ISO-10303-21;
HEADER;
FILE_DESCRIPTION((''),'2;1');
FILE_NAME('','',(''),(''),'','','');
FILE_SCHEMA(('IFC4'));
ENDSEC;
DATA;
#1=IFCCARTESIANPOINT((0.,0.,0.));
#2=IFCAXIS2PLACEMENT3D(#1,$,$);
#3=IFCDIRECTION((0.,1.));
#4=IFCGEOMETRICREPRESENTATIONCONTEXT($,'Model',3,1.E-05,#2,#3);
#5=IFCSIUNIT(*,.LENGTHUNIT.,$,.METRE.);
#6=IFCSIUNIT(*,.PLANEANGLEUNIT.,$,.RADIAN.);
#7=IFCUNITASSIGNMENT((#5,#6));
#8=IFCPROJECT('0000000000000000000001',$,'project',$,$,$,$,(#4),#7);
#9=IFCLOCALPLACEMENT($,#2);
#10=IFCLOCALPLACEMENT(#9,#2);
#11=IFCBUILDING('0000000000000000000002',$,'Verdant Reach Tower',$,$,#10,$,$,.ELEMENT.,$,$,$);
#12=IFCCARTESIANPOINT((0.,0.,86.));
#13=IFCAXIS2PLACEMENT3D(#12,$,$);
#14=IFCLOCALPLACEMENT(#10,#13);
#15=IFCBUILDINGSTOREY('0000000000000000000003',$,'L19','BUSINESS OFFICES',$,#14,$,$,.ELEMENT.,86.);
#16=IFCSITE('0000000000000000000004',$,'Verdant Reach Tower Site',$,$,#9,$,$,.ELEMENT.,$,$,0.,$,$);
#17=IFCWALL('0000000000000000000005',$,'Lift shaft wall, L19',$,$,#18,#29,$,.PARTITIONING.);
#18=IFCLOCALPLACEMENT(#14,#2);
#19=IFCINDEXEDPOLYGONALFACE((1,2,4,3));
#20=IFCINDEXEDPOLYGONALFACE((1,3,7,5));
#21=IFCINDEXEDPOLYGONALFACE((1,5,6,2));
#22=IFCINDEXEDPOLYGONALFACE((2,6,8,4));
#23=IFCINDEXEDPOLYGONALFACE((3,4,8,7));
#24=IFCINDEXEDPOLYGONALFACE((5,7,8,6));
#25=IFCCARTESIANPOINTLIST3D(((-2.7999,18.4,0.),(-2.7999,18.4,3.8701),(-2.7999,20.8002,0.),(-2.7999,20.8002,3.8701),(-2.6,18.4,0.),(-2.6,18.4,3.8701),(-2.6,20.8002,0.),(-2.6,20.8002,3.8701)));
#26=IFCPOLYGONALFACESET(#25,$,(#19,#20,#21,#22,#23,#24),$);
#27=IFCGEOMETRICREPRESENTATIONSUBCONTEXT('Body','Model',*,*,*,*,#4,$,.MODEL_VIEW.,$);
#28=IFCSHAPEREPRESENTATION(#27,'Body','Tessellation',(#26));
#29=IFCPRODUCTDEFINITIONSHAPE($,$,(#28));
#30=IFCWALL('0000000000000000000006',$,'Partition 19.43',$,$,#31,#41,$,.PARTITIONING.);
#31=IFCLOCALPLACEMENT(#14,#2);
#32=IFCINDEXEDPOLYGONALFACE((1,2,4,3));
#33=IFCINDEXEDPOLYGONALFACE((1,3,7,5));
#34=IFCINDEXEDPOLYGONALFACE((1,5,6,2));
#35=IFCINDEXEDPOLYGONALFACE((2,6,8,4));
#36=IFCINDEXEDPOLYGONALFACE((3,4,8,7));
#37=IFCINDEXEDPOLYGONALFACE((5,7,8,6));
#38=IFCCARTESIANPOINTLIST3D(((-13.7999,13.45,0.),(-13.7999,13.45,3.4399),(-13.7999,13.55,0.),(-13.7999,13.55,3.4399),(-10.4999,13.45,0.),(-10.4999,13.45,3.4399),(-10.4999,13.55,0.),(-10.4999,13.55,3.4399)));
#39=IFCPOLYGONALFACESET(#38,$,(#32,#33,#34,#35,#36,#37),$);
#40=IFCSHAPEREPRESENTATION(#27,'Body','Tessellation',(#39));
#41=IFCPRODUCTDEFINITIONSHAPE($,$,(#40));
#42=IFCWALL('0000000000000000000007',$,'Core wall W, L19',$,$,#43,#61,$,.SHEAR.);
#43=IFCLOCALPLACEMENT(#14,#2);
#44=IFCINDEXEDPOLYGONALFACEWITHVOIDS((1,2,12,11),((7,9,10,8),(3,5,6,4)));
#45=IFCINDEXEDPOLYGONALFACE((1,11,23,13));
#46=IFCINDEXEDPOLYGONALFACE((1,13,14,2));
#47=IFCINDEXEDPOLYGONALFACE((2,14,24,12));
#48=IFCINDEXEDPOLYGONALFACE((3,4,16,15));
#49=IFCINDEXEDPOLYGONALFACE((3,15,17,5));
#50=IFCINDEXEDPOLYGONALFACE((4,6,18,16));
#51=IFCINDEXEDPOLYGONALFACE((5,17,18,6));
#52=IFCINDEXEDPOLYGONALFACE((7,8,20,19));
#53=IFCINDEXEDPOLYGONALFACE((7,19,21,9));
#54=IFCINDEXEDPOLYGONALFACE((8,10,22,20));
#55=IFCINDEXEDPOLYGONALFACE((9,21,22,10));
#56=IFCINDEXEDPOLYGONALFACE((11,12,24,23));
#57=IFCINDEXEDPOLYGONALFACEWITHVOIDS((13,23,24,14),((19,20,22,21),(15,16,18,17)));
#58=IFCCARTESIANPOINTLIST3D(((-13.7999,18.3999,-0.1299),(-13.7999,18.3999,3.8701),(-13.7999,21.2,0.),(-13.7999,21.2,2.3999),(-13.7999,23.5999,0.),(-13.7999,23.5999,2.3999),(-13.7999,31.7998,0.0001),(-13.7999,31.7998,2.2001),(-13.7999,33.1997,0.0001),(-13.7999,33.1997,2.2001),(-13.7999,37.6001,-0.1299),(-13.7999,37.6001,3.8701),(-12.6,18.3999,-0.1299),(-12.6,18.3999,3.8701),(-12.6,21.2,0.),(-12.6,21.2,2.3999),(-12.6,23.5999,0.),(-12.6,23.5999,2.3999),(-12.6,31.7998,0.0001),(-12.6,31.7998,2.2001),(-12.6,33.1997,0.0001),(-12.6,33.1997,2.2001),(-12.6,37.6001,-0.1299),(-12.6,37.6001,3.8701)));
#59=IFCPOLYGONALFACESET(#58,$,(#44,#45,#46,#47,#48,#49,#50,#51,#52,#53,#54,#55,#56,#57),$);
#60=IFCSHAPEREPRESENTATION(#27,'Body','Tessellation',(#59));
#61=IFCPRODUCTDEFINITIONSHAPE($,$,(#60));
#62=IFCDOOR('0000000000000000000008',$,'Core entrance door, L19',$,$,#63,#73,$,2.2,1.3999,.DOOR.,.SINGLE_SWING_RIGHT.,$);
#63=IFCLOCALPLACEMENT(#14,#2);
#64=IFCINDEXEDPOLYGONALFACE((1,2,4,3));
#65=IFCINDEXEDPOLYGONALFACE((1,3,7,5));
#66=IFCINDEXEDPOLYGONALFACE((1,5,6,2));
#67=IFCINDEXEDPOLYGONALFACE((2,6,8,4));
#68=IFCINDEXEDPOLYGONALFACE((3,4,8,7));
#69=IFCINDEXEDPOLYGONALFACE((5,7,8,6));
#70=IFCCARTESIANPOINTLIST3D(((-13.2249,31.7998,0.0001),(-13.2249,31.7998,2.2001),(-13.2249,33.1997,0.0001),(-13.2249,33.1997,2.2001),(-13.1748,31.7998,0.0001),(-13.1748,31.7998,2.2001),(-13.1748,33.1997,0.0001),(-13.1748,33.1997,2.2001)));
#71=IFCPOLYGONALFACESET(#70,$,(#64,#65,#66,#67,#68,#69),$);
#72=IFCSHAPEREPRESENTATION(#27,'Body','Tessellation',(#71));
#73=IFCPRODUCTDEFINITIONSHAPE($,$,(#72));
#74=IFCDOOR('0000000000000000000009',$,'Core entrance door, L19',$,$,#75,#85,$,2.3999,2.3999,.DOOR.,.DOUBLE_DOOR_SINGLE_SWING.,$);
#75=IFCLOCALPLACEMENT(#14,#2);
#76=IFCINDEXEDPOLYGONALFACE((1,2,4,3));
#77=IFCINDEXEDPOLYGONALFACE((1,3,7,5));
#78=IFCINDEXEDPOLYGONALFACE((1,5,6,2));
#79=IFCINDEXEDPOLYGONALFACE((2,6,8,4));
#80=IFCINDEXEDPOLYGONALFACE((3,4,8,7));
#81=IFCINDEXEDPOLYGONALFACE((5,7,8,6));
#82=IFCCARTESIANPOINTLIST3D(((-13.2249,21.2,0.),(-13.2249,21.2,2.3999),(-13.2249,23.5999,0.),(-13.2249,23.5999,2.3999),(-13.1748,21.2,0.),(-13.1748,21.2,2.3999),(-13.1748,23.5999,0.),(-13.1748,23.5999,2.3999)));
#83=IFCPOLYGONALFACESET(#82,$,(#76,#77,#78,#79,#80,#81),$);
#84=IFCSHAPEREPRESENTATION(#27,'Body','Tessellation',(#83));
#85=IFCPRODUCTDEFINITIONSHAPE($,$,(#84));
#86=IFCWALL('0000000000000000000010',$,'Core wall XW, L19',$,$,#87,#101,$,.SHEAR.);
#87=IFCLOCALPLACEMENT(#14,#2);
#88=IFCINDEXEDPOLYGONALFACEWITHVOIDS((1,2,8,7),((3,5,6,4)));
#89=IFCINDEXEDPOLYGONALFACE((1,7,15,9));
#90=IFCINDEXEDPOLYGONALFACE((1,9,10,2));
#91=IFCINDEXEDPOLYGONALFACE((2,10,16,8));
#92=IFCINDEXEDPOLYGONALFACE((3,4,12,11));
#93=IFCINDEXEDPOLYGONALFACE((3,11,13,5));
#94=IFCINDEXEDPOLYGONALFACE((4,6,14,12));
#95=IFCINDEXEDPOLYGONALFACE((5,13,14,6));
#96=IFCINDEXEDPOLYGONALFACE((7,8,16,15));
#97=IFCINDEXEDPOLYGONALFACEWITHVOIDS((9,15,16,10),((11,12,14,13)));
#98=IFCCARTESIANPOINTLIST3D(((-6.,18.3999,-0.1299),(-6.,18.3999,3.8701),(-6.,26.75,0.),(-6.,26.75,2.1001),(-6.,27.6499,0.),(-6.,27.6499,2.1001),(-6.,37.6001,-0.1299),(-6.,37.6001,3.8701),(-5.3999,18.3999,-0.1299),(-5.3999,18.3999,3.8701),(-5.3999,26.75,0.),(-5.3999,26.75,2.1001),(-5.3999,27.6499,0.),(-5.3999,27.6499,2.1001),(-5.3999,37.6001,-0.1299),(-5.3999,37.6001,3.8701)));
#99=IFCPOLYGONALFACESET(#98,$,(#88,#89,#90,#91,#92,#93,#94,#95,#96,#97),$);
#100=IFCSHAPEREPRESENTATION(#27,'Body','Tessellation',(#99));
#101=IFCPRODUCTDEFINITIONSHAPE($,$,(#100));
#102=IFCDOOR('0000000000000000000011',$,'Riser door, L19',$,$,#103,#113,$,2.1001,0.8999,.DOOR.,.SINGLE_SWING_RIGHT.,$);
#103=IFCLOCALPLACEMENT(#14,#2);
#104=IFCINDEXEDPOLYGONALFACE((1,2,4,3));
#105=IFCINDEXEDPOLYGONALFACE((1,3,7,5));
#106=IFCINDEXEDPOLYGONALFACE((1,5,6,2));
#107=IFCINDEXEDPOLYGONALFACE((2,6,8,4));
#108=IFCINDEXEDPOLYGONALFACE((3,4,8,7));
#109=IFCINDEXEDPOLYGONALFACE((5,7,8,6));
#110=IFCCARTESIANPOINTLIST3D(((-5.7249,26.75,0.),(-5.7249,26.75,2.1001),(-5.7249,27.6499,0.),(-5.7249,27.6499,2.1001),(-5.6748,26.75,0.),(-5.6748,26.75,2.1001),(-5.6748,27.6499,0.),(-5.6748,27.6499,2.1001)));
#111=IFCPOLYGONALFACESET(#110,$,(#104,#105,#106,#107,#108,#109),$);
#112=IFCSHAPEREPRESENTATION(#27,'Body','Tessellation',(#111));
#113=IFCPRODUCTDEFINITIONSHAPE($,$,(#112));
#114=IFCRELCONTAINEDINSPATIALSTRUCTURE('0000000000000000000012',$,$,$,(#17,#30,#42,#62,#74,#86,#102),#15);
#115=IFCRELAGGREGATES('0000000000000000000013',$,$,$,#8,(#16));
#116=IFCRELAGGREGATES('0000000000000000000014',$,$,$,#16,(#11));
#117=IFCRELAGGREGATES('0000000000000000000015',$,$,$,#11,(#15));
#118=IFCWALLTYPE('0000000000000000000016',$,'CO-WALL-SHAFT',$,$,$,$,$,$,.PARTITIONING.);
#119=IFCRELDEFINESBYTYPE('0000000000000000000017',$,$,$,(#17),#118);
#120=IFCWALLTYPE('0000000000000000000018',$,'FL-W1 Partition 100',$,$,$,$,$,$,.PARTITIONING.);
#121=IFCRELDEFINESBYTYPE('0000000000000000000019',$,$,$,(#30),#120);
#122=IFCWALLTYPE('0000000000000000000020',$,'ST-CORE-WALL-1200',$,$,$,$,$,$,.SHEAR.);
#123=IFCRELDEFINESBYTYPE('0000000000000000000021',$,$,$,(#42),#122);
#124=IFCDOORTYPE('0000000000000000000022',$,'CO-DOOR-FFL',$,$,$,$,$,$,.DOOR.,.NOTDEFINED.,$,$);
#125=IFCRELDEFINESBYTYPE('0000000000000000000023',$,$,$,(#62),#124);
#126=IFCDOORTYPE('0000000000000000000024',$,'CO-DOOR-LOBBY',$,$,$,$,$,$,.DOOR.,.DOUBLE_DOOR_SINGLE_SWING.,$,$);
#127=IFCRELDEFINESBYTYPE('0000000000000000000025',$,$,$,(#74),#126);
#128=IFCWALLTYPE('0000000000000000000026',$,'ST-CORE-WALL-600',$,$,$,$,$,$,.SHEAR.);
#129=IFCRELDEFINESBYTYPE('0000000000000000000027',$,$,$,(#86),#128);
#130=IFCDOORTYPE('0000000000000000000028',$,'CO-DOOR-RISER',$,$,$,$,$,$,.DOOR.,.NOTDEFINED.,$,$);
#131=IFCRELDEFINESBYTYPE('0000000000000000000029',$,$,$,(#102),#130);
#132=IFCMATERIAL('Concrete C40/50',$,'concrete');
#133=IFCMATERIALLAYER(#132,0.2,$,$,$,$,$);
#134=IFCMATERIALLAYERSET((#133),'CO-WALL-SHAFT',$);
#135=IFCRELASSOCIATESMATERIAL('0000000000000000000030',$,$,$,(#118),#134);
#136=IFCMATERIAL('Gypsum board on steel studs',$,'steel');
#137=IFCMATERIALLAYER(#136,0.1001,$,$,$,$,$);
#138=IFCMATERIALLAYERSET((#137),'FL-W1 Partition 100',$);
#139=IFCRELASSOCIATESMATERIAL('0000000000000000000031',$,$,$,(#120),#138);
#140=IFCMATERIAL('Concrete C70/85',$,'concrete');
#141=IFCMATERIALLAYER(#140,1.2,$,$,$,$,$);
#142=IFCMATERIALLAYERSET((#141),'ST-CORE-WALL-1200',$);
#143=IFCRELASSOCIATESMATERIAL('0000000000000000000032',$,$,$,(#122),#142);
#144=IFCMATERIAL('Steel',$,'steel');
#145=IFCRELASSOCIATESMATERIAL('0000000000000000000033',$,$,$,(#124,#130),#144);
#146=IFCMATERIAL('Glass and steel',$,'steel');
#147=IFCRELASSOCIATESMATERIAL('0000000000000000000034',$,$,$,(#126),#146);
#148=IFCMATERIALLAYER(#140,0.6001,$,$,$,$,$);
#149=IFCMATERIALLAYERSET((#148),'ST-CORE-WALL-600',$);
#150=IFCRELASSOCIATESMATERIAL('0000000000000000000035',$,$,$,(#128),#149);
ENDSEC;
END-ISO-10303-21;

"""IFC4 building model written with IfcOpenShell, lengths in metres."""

from ifc_helpers import new_model, si_unit, direction, frame, frame_2d, origin, place, context, subcontext, project, spatial, rectangle, extrude, material, layer, layer_set, type_object, element, fill, save


model = new_model("IFC4")

# Units and contexts
model_context = context("Model", 3, precision=1e-05, world=origin(), true_north=direction((0.0, 1.0)))
body_context = subcontext(model_context, "Body", "Model", "MODEL_VIEW")
ifc_project = project(units=[si_unit("LENGTHUNIT", "METRE"), si_unit("PLANEANGLEUNIT", "RADIAN")], contexts=[model_context])

# Site, building, storey
site_placement = place(None, origin())
site = spatial("IfcSite", under=ifc_project, at=site_placement, Name="Verdant Reach Tower Site", CompositionType="ELEMENT", RefElevation=0.0)
building_placement = place(site_placement, origin())
building = spatial("IfcBuilding", under=site, at=building_placement, Name="Verdant Reach Tower", CompositionType="ELEMENT")
storey_placement = place(building_placement, frame((0.0, 0.0, 86.0)))
storey = spatial("IfcBuildingStorey", under=building, at=storey_placement, Name="L19", Description="BUSINESS OFFICES", CompositionType="ELEMENT", Elevation=86.0)

# Shared definitions
ifc_material_1 = material(Name="Gypsum board on steel studs", Category="steel")

# Walls
ifc_material_2 = material(Name="Concrete C40/50", Category="concrete")
ifc_layer_1 = layer(ifc_material_2, 0.2)
ifc_layer_set_1 = layer_set([ifc_layer_1], Name="CO-WALL-SHAFT")
wall_type_1 = type_object("IfcWallType", Name="CO-WALL-SHAFT", PredefinedType="PARTITIONING", material=ifc_layer_set_1)
wall_1_placement = place(storey_placement, frame((-2.7, 18.3999, 0.0), z_axis=(0.0, 0.0, 1.0), x_axis=(0.0, 1.0, 0.0)))
element("IfcWall", 1, at=wall_1_placement, inside=storey, type_object=wall_type_1, Name="Lift shaft wall, L19", PredefinedType="PARTITIONING", context=body_context, shape_type="SweptSolid", body=[
    extrude(rectangle(XDim=2.4001, YDim=0.2, at=frame_2d((1.2002, 0.0))), origin(), (0.0, 0.0, 1.0), 3.8701),
])
ifc_layer_2 = layer(ifc_material_1, 0.1001)
ifc_layer_set_2 = layer_set([ifc_layer_2], Name="FL-W1 Partition 100")
wall_type_2 = type_object("IfcWallType", Name="FL-W1 Partition 100", PredefinedType="PARTITIONING", material=ifc_layer_set_2)
wall_2_placement = place(storey_placement, frame((-10.5, 13.5, 0.0), z_axis=(0.0, 0.0, 1.0), x_axis=(-1.0, 0.0, 0.0)))
element("IfcWall", 2, at=wall_2_placement, inside=storey, type_object=wall_type_2, Name="Partition 19.43", PredefinedType="PARTITIONING", context=body_context, shape_type="SweptSolid", body=[
    extrude(rectangle(XDim=3.3, YDim=0.1001, at=frame_2d((1.6499, 0.0))), origin(), (0.0, 0.0, 1.0), 3.4399),
])

# Wall, openings, doors
ifc_material_3 = material(Name="Concrete C70/85", Category="concrete")
ifc_layer_3 = layer(ifc_material_3, 1.2)
ifc_layer_set_3 = layer_set([ifc_layer_3], Name="ST-CORE-WALL-1200")
wall_type_3 = type_object("IfcWallType", Name="ST-CORE-WALL-1200", PredefinedType="SHEAR", material=ifc_layer_set_3)
wall_3_placement = place(storey_placement, frame((-13.2, 18.3999, -0.1299), z_axis=(0.0, 0.0, 1.0), x_axis=(0.0, 1.0, 0.0)))
wall_3 = element("IfcWall", 3, at=wall_3_placement, inside=storey, type_object=wall_type_3, Name="Core wall W, L19", PredefinedType="SHEAR", context=body_context, shape_type="SweptSolid", body=[
    extrude(rectangle(XDim=19.2002, YDim=1.2, at=frame_2d((9.6001, 0.0))), origin(), (0.0, 0.0, 1.0), 4.0),
])
opening_1_placement = place(wall_3_placement, frame((2.8, 0.0, 0.1299)))
opening_1 = element("IfcOpeningElement", 4, at=opening_1_placement, cuts=wall_3, PredefinedType="OPENING", context=body_context, shape_type="SweptSolid", body=[
    extrude(rectangle(XDim=2.3999, YDim=2.3999, at=frame_2d((1.2, 1.2))), frame((0.0, 0.6099, 0.0), z_axis=(0.0, -1.0, 0.0), x_axis=(1.0, 0.0, 0.0)), (0.0, 0.0, 1.0), 1.22),
])
opening_2_placement = place(wall_3_placement, frame((13.3999, 0.0, 0.1299)))
opening_2 = element("IfcOpeningElement", 5, at=opening_2_placement, cuts=wall_3, PredefinedType="OPENING", context=body_context, shape_type="SweptSolid", body=[
    extrude(rectangle(XDim=1.3999, YDim=2.2, at=frame_2d((0.7, 1.1001))), frame((0.0, 0.6099, 0.0), z_axis=(0.0, -1.0, 0.0), x_axis=(1.0, 0.0, 0.0)), (0.0, 0.0, 1.0), 1.22),
])
ifc_material_4 = material(Name="Steel", Category="steel")
door_type_1 = type_object("IfcDoorType", Name="CO-DOOR-FFL", OperationType="NOTDEFINED", PredefinedType="DOOR", material=ifc_material_4)
door_1_placement = place(opening_2_placement, origin())
door_1 = element("IfcDoor", 6, at=door_1_placement, inside=storey, type_object=door_type_1, Name="Core entrance door, L19", OperationType="SINGLE_SWING_RIGHT", OverallHeight=2.2, OverallWidth=1.3999, PredefinedType="DOOR", context=body_context, shape_type="SweptSolid", body=[
    extrude(rectangle(XDim=1.3999, YDim=2.2, at=frame_2d((0.7, 1.1001))), frame((0.0, 0.0249, 0.0), z_axis=(0.0, -1.0, 0.0), x_axis=(1.0, 0.0, 0.0)), (0.0, 0.0, 1.0), 0.05),
])
fill(opening_2, door_1)
ifc_material_5 = material(Name="Glass and steel", Category="steel")
door_type_2 = type_object("IfcDoorType", Name="CO-DOOR-LOBBY", OperationType="DOUBLE_DOOR_SINGLE_SWING", PredefinedType="DOOR", material=ifc_material_5)
door_2_placement = place(opening_1_placement, origin())
door_2 = element("IfcDoor", 7, at=door_2_placement, inside=storey, type_object=door_type_2, Name="Core entrance door, L19", OperationType="DOUBLE_DOOR_SINGLE_SWING", OverallHeight=2.3999, OverallWidth=2.3999, PredefinedType="DOOR", context=body_context, shape_type="SweptSolid", body=[
    extrude(rectangle(XDim=2.3999, YDim=2.3999, at=frame_2d((1.2, 1.2))), frame((0.0, 0.0249, 0.0), z_axis=(0.0, -1.0, 0.0), x_axis=(1.0, 0.0, 0.0)), (0.0, 0.0, 1.0), 0.05),
])
fill(opening_1, door_2)

# Wall, opening, door
ifc_layer_4 = layer(ifc_material_3, 0.6001)
ifc_layer_set_4 = layer_set([ifc_layer_4], Name="ST-CORE-WALL-600")
wall_type_4 = type_object("IfcWallType", Name="ST-CORE-WALL-600", PredefinedType="SHEAR", material=ifc_layer_set_4)
wall_4_placement = place(storey_placement, frame((-5.7, 18.3999, -0.1299), z_axis=(0.0, 0.0, 1.0), x_axis=(0.0, 1.0, 0.0)))
wall_4 = element("IfcWall", 8, at=wall_4_placement, inside=storey, type_object=wall_type_4, Name="Core wall XW, L19", PredefinedType="SHEAR", context=body_context, shape_type="SweptSolid", body=[
    extrude(rectangle(XDim=19.2002, YDim=0.6001, at=frame_2d((9.6001, 0.0))), origin(), (0.0, 0.0, 1.0), 4.0),
])
opening_3_placement = place(wall_4_placement, frame((8.3501, 0.0, 0.1299)))
opening_3 = element("IfcOpeningElement", 9, at=opening_3_placement, cuts=wall_4, PredefinedType="OPENING", context=body_context, shape_type="SweptSolid", body=[
    extrude(rectangle(XDim=0.8999, YDim=2.1001, at=frame_2d((0.45, 1.05))), frame((0.0, 0.3101, 0.0), z_axis=(0.0, -1.0, 0.0), x_axis=(1.0, 0.0, 0.0)), (0.0, 0.0, 1.0), 0.6201),
])
door_type_3 = type_object("IfcDoorType", Name="CO-DOOR-RISER", OperationType="NOTDEFINED", PredefinedType="DOOR", material=ifc_material_4)
door_3_placement = place(opening_3_placement, origin())
door_3 = element("IfcDoor", 10, at=door_3_placement, inside=storey, type_object=door_type_3, Name="Riser door, L19", OperationType="SINGLE_SWING_RIGHT", OverallHeight=2.1001, OverallWidth=0.8999, PredefinedType="DOOR", context=body_context, shape_type="SweptSolid", body=[
    extrude(rectangle(XDim=0.8999, YDim=2.1001, at=frame_2d((0.45, 1.05))), frame((0.0, 0.0249, 0.0), z_axis=(0.0, -1.0, 0.0), x_axis=(1.0, 0.0, 0.0)), (0.0, 0.0, 1.0), 0.05),
])
fill(opening_3, door_3)

save(model, "model.ifc")
